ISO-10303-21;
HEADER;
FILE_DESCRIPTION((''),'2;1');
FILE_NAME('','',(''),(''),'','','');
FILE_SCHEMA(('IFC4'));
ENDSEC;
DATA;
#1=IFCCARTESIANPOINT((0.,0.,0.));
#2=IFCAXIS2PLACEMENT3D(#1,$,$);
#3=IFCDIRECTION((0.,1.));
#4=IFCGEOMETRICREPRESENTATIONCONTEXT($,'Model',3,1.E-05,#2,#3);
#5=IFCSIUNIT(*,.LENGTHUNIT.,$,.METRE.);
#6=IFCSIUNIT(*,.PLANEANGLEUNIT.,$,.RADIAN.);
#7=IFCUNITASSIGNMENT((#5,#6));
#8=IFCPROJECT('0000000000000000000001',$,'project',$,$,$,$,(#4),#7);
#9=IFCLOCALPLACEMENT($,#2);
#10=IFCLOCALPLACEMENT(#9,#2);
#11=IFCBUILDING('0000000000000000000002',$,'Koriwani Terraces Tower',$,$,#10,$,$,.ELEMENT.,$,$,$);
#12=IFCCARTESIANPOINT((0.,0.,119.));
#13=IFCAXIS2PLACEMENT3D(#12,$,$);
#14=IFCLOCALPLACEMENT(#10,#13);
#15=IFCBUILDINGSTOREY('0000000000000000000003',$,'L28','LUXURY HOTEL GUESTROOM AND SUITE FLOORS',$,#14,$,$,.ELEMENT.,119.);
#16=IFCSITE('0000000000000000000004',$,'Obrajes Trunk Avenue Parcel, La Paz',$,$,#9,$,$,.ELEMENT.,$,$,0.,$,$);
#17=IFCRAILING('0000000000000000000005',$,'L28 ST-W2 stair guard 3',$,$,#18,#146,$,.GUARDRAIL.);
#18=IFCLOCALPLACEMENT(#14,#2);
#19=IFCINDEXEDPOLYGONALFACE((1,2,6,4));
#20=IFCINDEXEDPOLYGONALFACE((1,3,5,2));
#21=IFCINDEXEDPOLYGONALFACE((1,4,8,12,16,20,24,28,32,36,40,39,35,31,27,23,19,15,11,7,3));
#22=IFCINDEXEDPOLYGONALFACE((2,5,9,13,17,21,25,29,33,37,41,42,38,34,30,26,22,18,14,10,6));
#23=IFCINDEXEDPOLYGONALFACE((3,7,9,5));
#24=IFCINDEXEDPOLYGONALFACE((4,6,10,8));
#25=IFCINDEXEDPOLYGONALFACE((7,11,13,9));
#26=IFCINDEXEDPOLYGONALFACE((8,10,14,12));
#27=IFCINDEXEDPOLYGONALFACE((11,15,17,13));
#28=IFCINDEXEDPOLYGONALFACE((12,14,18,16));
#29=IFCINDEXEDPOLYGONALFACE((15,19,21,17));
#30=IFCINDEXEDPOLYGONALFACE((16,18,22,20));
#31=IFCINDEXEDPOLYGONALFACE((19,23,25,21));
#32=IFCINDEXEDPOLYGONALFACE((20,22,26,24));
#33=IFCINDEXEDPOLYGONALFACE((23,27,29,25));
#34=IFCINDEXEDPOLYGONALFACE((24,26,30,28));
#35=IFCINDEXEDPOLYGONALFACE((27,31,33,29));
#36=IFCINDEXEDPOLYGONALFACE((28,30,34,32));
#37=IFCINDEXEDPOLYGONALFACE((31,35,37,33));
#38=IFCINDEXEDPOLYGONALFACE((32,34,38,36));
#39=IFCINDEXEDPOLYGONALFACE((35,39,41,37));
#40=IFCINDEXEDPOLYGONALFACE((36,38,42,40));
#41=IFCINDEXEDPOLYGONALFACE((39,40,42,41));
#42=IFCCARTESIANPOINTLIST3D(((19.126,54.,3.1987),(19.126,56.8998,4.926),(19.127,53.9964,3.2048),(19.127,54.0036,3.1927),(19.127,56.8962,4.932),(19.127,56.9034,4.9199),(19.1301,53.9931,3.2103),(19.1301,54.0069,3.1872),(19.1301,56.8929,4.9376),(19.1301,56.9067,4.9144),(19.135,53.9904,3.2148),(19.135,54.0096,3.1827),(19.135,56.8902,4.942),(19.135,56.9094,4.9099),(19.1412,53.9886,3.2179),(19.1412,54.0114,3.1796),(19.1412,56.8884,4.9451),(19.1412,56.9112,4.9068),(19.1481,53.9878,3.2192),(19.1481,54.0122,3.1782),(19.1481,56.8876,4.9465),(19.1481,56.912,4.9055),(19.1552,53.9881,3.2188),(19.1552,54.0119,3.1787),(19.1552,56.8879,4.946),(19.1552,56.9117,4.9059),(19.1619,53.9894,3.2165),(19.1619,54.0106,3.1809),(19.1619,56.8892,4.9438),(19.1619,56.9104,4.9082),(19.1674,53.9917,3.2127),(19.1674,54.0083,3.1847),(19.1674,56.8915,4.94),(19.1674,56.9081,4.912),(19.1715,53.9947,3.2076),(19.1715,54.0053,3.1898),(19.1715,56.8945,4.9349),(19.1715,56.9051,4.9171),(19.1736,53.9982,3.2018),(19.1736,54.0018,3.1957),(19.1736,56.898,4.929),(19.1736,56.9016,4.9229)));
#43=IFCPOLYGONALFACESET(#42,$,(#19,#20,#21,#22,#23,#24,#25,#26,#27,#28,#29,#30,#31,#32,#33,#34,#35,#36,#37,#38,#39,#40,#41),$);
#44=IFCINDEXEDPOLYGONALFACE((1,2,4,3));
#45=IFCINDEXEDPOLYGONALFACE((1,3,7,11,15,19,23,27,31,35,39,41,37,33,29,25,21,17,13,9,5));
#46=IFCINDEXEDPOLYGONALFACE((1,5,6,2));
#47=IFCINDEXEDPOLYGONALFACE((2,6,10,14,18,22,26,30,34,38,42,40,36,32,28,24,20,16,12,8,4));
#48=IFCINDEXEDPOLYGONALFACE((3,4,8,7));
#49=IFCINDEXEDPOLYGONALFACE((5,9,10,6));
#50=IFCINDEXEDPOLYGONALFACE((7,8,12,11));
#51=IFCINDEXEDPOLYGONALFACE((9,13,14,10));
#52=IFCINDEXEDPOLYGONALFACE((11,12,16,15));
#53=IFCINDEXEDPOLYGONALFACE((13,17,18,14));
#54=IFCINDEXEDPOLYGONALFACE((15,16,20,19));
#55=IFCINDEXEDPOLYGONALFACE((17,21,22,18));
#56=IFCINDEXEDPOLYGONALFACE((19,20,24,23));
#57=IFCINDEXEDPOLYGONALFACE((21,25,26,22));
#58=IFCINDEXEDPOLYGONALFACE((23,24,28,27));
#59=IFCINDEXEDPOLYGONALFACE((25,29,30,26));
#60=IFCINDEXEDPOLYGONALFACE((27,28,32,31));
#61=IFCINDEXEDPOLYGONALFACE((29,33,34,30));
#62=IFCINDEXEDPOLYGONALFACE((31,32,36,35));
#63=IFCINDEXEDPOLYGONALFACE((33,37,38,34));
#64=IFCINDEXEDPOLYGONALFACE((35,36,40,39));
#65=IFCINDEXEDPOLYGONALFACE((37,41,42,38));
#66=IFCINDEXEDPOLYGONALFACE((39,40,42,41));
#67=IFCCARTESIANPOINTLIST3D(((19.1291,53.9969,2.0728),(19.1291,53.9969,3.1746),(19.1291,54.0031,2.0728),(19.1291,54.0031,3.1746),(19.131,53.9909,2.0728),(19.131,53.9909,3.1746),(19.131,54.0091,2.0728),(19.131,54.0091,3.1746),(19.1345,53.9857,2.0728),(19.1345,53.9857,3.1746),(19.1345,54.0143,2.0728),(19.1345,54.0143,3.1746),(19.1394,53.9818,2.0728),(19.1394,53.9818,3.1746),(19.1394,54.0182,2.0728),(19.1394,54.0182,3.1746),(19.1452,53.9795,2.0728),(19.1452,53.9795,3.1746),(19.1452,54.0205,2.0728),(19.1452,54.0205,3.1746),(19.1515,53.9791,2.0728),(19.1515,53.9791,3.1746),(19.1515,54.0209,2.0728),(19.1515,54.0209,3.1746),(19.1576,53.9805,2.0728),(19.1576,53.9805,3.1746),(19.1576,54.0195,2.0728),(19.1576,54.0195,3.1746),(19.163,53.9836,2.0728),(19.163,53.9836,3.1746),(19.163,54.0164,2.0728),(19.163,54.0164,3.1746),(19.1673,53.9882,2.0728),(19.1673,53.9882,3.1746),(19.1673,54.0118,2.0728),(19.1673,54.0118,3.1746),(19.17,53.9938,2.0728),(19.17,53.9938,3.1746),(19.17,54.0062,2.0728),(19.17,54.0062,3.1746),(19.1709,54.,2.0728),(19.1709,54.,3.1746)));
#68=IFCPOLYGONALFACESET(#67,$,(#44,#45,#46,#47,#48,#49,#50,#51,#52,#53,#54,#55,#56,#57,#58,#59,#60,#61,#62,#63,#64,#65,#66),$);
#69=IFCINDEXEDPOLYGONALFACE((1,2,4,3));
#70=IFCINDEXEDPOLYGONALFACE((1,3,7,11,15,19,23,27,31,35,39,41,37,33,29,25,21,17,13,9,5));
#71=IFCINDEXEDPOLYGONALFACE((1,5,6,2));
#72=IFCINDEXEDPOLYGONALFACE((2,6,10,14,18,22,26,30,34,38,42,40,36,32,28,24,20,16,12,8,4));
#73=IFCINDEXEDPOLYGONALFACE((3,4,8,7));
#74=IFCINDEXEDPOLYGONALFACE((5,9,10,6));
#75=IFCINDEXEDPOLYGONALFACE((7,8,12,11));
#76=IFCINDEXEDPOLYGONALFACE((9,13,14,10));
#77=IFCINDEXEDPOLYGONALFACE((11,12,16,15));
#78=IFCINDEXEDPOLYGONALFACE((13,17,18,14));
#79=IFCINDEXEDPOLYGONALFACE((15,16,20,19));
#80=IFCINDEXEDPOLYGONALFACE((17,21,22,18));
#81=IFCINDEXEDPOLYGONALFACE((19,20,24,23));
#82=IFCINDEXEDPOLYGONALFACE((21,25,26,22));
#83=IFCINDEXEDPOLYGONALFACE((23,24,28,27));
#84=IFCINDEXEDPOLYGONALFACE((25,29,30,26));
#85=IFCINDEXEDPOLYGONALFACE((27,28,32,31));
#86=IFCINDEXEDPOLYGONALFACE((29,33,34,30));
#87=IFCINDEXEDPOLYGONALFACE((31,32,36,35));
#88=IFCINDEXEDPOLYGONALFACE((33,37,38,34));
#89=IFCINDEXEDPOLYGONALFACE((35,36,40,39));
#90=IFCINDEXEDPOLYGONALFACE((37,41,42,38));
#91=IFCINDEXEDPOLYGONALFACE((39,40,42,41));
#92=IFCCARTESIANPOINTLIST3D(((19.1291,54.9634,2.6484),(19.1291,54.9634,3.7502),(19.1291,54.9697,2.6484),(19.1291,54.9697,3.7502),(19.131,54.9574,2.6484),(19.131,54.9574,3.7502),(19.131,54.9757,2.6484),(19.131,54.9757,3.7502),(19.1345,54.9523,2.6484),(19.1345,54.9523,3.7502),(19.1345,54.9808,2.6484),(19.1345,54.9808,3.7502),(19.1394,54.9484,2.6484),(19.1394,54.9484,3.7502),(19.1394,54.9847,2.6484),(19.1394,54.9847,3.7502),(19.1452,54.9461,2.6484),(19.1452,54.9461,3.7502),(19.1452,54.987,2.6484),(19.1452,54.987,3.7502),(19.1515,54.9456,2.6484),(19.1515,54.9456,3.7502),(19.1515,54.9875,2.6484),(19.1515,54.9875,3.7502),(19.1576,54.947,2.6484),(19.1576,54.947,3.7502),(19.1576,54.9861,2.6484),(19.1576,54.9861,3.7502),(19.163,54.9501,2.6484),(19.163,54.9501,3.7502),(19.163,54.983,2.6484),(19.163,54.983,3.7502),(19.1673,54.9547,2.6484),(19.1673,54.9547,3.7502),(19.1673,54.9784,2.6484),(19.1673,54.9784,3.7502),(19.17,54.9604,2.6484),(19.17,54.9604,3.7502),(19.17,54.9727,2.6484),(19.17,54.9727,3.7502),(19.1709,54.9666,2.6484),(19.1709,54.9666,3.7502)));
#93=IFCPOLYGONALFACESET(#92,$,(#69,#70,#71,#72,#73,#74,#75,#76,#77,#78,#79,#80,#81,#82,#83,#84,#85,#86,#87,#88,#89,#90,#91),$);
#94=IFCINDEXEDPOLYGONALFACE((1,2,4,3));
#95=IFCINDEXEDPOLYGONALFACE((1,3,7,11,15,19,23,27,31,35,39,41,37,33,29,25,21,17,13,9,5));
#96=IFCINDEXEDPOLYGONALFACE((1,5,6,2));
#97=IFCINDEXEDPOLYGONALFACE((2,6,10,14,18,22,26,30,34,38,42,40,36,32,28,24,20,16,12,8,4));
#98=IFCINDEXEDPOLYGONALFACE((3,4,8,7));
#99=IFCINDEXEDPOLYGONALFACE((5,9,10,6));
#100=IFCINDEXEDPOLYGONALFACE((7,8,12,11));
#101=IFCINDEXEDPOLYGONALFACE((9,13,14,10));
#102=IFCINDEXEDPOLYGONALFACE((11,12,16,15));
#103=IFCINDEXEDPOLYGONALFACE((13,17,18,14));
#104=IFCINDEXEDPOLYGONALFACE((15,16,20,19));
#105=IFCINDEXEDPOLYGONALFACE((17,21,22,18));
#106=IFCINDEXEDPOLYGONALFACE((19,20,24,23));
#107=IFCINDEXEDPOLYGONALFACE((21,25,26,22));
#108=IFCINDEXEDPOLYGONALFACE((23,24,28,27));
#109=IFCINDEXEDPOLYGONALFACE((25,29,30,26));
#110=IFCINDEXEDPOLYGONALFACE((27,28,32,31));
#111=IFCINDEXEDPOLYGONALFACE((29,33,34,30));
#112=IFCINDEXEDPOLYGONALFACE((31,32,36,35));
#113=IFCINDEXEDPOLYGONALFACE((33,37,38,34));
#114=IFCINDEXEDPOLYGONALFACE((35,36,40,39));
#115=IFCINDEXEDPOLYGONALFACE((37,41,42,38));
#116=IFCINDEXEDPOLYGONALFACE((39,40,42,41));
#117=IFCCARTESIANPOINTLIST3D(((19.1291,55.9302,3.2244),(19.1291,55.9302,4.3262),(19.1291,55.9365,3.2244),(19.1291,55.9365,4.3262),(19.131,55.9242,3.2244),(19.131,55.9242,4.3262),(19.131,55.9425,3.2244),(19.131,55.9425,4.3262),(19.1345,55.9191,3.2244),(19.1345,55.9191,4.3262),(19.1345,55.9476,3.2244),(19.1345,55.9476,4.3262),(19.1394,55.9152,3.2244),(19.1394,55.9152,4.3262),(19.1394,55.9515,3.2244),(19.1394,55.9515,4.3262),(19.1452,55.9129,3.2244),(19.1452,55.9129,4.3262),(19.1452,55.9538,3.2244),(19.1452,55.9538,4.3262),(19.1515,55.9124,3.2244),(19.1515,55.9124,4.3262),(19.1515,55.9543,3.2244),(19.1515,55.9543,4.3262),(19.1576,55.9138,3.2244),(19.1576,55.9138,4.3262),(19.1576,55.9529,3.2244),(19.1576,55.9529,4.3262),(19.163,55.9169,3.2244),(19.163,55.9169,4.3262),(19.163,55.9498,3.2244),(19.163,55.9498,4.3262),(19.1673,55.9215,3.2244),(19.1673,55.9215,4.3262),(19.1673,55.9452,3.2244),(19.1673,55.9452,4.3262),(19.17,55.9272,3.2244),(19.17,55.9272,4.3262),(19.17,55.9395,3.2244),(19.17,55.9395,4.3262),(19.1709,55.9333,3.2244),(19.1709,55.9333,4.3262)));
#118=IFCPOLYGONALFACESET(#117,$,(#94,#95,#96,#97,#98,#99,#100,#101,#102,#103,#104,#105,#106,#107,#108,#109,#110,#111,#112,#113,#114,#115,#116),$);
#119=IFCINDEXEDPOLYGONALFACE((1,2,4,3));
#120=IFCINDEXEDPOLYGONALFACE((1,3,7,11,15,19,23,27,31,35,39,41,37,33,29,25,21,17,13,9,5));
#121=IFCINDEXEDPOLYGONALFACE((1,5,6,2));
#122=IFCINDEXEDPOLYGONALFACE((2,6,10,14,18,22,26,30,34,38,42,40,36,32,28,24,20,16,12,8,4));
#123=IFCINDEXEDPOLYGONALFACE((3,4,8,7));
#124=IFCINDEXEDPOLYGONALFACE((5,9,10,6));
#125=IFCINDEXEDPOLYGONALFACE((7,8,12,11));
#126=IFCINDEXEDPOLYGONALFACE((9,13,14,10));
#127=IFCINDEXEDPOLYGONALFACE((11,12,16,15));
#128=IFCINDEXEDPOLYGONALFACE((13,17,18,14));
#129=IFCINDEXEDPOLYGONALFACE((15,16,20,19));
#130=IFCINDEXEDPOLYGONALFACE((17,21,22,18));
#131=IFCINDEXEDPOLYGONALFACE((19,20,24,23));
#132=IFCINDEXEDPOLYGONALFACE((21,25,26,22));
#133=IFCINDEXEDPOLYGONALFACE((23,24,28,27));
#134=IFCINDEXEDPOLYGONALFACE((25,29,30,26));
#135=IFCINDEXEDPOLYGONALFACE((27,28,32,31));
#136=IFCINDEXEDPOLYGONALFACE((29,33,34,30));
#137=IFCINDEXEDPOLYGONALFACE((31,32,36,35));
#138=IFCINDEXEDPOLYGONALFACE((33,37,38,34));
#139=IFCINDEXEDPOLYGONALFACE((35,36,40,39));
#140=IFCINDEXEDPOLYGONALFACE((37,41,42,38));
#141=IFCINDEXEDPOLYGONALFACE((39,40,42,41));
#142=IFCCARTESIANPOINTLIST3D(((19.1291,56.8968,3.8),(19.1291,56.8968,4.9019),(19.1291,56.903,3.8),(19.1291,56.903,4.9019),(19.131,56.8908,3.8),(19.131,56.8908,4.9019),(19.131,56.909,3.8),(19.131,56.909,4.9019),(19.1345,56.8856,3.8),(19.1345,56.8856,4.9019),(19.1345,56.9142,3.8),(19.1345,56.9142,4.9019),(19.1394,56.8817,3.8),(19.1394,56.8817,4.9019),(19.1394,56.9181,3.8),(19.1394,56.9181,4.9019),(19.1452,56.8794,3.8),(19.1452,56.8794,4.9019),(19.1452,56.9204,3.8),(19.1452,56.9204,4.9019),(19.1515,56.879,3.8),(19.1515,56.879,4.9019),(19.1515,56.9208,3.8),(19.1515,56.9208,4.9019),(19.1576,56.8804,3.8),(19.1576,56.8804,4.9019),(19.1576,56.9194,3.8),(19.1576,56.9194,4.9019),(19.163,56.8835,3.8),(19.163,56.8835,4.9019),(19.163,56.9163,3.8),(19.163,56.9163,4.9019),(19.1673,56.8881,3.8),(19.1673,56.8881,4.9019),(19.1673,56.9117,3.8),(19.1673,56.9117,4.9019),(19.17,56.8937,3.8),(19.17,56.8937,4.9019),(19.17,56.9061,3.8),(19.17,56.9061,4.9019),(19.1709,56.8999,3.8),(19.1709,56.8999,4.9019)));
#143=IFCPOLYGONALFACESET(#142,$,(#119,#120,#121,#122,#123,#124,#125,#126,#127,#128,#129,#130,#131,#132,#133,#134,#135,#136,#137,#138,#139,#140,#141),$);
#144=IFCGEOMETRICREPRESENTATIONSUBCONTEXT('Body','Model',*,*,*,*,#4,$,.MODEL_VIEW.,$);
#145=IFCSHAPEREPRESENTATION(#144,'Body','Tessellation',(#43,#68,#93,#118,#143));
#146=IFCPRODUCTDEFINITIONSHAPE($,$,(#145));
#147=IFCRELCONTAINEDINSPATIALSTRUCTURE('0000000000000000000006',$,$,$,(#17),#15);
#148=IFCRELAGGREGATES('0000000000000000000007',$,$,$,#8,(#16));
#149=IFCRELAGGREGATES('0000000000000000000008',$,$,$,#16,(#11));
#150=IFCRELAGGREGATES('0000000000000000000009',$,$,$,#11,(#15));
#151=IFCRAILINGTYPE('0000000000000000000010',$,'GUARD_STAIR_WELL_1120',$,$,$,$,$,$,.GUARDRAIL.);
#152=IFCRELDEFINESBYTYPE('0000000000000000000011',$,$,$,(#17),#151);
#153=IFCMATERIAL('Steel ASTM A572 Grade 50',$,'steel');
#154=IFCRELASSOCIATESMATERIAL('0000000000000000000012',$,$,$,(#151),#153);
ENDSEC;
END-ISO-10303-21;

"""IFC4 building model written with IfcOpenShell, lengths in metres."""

from ifc_helpers import new_model, si_unit, direction, frame, origin, origin_2d, place, context, subcontext, project, spatial, circle, extrude, material, type_object, element, save


model = new_model("IFC4")

# Units and contexts
model_context = context("Model", 3, precision=1e-05, world=origin(), true_north=direction((0.0, 1.0)))
body_context = subcontext(model_context, "Body", "Model", "MODEL_VIEW")
ifc_project = project(units=[si_unit("LENGTHUNIT", "METRE"), si_unit("PLANEANGLEUNIT", "RADIAN")], contexts=[model_context])

# Site, building, storey
site_placement = place(None, origin())
site = spatial("IfcSite", under=ifc_project, at=site_placement, Name="Obrajes Trunk Avenue Parcel, La Paz", CompositionType="ELEMENT", RefElevation=0.0)
building_placement = place(site_placement, origin())
building = spatial("IfcBuilding", under=site, at=building_placement, Name="Koriwani Terraces Tower", CompositionType="ELEMENT")
storey_placement = place(building_placement, frame((0.0, 0.0, 119.0)))
storey = spatial("IfcBuildingStorey", under=building, at=storey_placement, Name="L28", Description="LUXURY HOTEL GUESTROOM AND SUITE FLOORS", CompositionType="ELEMENT", Elevation=119.0)

# Shared definitions
ifc_material_1 = material(Name="Steel ASTM A572 Grade 50", Category="steel")

# Railing
railing_type_1 = type_object("IfcRailingType", Name="GUARD_STAIR_WELL_1120", PredefinedType="GUARDRAIL", material=ifc_material_1)
railing_1_placement = place(storey_placement, frame((19.1499, 54.0, 2.0728)))
element("IfcRailing", 1, at=railing_1_placement, inside=storey, type_object=railing_type_1, Name="L28 ST-W2 stair guard 3", PredefinedType="GUARDRAIL", context=body_context, shape_type="SweptSolid", body=[
    extrude(circle(Radius=0.0239, at=origin_2d()), frame((0.0, 0.0, 1.126), z_axis=(0.0, 0.859141, 0.511738), x_axis=(-1.0, 0.0, 0.0)), (0.0, 0.0, 1.0), 3.3752),
    extrude(circle(Radius=0.021, at=origin_2d()), origin(), (0.0, 0.0, 1.0), 1.1018),
    extrude(circle(Radius=0.021, at=origin_2d()), frame((0.0, 0.9666, 0.5757)), (0.0, 0.0, 1.0), 1.1018),
    extrude(circle(Radius=0.021, at=origin_2d()), frame((0.0, 1.9333, 1.1516)), (0.0, 0.0, 1.0), 1.1018),
    extrude(circle(Radius=0.021, at=origin_2d()), frame((0.0, 2.8999, 1.7273)), (0.0, 0.0, 1.0), 1.1018),
])

save(model, "model.ifc")
